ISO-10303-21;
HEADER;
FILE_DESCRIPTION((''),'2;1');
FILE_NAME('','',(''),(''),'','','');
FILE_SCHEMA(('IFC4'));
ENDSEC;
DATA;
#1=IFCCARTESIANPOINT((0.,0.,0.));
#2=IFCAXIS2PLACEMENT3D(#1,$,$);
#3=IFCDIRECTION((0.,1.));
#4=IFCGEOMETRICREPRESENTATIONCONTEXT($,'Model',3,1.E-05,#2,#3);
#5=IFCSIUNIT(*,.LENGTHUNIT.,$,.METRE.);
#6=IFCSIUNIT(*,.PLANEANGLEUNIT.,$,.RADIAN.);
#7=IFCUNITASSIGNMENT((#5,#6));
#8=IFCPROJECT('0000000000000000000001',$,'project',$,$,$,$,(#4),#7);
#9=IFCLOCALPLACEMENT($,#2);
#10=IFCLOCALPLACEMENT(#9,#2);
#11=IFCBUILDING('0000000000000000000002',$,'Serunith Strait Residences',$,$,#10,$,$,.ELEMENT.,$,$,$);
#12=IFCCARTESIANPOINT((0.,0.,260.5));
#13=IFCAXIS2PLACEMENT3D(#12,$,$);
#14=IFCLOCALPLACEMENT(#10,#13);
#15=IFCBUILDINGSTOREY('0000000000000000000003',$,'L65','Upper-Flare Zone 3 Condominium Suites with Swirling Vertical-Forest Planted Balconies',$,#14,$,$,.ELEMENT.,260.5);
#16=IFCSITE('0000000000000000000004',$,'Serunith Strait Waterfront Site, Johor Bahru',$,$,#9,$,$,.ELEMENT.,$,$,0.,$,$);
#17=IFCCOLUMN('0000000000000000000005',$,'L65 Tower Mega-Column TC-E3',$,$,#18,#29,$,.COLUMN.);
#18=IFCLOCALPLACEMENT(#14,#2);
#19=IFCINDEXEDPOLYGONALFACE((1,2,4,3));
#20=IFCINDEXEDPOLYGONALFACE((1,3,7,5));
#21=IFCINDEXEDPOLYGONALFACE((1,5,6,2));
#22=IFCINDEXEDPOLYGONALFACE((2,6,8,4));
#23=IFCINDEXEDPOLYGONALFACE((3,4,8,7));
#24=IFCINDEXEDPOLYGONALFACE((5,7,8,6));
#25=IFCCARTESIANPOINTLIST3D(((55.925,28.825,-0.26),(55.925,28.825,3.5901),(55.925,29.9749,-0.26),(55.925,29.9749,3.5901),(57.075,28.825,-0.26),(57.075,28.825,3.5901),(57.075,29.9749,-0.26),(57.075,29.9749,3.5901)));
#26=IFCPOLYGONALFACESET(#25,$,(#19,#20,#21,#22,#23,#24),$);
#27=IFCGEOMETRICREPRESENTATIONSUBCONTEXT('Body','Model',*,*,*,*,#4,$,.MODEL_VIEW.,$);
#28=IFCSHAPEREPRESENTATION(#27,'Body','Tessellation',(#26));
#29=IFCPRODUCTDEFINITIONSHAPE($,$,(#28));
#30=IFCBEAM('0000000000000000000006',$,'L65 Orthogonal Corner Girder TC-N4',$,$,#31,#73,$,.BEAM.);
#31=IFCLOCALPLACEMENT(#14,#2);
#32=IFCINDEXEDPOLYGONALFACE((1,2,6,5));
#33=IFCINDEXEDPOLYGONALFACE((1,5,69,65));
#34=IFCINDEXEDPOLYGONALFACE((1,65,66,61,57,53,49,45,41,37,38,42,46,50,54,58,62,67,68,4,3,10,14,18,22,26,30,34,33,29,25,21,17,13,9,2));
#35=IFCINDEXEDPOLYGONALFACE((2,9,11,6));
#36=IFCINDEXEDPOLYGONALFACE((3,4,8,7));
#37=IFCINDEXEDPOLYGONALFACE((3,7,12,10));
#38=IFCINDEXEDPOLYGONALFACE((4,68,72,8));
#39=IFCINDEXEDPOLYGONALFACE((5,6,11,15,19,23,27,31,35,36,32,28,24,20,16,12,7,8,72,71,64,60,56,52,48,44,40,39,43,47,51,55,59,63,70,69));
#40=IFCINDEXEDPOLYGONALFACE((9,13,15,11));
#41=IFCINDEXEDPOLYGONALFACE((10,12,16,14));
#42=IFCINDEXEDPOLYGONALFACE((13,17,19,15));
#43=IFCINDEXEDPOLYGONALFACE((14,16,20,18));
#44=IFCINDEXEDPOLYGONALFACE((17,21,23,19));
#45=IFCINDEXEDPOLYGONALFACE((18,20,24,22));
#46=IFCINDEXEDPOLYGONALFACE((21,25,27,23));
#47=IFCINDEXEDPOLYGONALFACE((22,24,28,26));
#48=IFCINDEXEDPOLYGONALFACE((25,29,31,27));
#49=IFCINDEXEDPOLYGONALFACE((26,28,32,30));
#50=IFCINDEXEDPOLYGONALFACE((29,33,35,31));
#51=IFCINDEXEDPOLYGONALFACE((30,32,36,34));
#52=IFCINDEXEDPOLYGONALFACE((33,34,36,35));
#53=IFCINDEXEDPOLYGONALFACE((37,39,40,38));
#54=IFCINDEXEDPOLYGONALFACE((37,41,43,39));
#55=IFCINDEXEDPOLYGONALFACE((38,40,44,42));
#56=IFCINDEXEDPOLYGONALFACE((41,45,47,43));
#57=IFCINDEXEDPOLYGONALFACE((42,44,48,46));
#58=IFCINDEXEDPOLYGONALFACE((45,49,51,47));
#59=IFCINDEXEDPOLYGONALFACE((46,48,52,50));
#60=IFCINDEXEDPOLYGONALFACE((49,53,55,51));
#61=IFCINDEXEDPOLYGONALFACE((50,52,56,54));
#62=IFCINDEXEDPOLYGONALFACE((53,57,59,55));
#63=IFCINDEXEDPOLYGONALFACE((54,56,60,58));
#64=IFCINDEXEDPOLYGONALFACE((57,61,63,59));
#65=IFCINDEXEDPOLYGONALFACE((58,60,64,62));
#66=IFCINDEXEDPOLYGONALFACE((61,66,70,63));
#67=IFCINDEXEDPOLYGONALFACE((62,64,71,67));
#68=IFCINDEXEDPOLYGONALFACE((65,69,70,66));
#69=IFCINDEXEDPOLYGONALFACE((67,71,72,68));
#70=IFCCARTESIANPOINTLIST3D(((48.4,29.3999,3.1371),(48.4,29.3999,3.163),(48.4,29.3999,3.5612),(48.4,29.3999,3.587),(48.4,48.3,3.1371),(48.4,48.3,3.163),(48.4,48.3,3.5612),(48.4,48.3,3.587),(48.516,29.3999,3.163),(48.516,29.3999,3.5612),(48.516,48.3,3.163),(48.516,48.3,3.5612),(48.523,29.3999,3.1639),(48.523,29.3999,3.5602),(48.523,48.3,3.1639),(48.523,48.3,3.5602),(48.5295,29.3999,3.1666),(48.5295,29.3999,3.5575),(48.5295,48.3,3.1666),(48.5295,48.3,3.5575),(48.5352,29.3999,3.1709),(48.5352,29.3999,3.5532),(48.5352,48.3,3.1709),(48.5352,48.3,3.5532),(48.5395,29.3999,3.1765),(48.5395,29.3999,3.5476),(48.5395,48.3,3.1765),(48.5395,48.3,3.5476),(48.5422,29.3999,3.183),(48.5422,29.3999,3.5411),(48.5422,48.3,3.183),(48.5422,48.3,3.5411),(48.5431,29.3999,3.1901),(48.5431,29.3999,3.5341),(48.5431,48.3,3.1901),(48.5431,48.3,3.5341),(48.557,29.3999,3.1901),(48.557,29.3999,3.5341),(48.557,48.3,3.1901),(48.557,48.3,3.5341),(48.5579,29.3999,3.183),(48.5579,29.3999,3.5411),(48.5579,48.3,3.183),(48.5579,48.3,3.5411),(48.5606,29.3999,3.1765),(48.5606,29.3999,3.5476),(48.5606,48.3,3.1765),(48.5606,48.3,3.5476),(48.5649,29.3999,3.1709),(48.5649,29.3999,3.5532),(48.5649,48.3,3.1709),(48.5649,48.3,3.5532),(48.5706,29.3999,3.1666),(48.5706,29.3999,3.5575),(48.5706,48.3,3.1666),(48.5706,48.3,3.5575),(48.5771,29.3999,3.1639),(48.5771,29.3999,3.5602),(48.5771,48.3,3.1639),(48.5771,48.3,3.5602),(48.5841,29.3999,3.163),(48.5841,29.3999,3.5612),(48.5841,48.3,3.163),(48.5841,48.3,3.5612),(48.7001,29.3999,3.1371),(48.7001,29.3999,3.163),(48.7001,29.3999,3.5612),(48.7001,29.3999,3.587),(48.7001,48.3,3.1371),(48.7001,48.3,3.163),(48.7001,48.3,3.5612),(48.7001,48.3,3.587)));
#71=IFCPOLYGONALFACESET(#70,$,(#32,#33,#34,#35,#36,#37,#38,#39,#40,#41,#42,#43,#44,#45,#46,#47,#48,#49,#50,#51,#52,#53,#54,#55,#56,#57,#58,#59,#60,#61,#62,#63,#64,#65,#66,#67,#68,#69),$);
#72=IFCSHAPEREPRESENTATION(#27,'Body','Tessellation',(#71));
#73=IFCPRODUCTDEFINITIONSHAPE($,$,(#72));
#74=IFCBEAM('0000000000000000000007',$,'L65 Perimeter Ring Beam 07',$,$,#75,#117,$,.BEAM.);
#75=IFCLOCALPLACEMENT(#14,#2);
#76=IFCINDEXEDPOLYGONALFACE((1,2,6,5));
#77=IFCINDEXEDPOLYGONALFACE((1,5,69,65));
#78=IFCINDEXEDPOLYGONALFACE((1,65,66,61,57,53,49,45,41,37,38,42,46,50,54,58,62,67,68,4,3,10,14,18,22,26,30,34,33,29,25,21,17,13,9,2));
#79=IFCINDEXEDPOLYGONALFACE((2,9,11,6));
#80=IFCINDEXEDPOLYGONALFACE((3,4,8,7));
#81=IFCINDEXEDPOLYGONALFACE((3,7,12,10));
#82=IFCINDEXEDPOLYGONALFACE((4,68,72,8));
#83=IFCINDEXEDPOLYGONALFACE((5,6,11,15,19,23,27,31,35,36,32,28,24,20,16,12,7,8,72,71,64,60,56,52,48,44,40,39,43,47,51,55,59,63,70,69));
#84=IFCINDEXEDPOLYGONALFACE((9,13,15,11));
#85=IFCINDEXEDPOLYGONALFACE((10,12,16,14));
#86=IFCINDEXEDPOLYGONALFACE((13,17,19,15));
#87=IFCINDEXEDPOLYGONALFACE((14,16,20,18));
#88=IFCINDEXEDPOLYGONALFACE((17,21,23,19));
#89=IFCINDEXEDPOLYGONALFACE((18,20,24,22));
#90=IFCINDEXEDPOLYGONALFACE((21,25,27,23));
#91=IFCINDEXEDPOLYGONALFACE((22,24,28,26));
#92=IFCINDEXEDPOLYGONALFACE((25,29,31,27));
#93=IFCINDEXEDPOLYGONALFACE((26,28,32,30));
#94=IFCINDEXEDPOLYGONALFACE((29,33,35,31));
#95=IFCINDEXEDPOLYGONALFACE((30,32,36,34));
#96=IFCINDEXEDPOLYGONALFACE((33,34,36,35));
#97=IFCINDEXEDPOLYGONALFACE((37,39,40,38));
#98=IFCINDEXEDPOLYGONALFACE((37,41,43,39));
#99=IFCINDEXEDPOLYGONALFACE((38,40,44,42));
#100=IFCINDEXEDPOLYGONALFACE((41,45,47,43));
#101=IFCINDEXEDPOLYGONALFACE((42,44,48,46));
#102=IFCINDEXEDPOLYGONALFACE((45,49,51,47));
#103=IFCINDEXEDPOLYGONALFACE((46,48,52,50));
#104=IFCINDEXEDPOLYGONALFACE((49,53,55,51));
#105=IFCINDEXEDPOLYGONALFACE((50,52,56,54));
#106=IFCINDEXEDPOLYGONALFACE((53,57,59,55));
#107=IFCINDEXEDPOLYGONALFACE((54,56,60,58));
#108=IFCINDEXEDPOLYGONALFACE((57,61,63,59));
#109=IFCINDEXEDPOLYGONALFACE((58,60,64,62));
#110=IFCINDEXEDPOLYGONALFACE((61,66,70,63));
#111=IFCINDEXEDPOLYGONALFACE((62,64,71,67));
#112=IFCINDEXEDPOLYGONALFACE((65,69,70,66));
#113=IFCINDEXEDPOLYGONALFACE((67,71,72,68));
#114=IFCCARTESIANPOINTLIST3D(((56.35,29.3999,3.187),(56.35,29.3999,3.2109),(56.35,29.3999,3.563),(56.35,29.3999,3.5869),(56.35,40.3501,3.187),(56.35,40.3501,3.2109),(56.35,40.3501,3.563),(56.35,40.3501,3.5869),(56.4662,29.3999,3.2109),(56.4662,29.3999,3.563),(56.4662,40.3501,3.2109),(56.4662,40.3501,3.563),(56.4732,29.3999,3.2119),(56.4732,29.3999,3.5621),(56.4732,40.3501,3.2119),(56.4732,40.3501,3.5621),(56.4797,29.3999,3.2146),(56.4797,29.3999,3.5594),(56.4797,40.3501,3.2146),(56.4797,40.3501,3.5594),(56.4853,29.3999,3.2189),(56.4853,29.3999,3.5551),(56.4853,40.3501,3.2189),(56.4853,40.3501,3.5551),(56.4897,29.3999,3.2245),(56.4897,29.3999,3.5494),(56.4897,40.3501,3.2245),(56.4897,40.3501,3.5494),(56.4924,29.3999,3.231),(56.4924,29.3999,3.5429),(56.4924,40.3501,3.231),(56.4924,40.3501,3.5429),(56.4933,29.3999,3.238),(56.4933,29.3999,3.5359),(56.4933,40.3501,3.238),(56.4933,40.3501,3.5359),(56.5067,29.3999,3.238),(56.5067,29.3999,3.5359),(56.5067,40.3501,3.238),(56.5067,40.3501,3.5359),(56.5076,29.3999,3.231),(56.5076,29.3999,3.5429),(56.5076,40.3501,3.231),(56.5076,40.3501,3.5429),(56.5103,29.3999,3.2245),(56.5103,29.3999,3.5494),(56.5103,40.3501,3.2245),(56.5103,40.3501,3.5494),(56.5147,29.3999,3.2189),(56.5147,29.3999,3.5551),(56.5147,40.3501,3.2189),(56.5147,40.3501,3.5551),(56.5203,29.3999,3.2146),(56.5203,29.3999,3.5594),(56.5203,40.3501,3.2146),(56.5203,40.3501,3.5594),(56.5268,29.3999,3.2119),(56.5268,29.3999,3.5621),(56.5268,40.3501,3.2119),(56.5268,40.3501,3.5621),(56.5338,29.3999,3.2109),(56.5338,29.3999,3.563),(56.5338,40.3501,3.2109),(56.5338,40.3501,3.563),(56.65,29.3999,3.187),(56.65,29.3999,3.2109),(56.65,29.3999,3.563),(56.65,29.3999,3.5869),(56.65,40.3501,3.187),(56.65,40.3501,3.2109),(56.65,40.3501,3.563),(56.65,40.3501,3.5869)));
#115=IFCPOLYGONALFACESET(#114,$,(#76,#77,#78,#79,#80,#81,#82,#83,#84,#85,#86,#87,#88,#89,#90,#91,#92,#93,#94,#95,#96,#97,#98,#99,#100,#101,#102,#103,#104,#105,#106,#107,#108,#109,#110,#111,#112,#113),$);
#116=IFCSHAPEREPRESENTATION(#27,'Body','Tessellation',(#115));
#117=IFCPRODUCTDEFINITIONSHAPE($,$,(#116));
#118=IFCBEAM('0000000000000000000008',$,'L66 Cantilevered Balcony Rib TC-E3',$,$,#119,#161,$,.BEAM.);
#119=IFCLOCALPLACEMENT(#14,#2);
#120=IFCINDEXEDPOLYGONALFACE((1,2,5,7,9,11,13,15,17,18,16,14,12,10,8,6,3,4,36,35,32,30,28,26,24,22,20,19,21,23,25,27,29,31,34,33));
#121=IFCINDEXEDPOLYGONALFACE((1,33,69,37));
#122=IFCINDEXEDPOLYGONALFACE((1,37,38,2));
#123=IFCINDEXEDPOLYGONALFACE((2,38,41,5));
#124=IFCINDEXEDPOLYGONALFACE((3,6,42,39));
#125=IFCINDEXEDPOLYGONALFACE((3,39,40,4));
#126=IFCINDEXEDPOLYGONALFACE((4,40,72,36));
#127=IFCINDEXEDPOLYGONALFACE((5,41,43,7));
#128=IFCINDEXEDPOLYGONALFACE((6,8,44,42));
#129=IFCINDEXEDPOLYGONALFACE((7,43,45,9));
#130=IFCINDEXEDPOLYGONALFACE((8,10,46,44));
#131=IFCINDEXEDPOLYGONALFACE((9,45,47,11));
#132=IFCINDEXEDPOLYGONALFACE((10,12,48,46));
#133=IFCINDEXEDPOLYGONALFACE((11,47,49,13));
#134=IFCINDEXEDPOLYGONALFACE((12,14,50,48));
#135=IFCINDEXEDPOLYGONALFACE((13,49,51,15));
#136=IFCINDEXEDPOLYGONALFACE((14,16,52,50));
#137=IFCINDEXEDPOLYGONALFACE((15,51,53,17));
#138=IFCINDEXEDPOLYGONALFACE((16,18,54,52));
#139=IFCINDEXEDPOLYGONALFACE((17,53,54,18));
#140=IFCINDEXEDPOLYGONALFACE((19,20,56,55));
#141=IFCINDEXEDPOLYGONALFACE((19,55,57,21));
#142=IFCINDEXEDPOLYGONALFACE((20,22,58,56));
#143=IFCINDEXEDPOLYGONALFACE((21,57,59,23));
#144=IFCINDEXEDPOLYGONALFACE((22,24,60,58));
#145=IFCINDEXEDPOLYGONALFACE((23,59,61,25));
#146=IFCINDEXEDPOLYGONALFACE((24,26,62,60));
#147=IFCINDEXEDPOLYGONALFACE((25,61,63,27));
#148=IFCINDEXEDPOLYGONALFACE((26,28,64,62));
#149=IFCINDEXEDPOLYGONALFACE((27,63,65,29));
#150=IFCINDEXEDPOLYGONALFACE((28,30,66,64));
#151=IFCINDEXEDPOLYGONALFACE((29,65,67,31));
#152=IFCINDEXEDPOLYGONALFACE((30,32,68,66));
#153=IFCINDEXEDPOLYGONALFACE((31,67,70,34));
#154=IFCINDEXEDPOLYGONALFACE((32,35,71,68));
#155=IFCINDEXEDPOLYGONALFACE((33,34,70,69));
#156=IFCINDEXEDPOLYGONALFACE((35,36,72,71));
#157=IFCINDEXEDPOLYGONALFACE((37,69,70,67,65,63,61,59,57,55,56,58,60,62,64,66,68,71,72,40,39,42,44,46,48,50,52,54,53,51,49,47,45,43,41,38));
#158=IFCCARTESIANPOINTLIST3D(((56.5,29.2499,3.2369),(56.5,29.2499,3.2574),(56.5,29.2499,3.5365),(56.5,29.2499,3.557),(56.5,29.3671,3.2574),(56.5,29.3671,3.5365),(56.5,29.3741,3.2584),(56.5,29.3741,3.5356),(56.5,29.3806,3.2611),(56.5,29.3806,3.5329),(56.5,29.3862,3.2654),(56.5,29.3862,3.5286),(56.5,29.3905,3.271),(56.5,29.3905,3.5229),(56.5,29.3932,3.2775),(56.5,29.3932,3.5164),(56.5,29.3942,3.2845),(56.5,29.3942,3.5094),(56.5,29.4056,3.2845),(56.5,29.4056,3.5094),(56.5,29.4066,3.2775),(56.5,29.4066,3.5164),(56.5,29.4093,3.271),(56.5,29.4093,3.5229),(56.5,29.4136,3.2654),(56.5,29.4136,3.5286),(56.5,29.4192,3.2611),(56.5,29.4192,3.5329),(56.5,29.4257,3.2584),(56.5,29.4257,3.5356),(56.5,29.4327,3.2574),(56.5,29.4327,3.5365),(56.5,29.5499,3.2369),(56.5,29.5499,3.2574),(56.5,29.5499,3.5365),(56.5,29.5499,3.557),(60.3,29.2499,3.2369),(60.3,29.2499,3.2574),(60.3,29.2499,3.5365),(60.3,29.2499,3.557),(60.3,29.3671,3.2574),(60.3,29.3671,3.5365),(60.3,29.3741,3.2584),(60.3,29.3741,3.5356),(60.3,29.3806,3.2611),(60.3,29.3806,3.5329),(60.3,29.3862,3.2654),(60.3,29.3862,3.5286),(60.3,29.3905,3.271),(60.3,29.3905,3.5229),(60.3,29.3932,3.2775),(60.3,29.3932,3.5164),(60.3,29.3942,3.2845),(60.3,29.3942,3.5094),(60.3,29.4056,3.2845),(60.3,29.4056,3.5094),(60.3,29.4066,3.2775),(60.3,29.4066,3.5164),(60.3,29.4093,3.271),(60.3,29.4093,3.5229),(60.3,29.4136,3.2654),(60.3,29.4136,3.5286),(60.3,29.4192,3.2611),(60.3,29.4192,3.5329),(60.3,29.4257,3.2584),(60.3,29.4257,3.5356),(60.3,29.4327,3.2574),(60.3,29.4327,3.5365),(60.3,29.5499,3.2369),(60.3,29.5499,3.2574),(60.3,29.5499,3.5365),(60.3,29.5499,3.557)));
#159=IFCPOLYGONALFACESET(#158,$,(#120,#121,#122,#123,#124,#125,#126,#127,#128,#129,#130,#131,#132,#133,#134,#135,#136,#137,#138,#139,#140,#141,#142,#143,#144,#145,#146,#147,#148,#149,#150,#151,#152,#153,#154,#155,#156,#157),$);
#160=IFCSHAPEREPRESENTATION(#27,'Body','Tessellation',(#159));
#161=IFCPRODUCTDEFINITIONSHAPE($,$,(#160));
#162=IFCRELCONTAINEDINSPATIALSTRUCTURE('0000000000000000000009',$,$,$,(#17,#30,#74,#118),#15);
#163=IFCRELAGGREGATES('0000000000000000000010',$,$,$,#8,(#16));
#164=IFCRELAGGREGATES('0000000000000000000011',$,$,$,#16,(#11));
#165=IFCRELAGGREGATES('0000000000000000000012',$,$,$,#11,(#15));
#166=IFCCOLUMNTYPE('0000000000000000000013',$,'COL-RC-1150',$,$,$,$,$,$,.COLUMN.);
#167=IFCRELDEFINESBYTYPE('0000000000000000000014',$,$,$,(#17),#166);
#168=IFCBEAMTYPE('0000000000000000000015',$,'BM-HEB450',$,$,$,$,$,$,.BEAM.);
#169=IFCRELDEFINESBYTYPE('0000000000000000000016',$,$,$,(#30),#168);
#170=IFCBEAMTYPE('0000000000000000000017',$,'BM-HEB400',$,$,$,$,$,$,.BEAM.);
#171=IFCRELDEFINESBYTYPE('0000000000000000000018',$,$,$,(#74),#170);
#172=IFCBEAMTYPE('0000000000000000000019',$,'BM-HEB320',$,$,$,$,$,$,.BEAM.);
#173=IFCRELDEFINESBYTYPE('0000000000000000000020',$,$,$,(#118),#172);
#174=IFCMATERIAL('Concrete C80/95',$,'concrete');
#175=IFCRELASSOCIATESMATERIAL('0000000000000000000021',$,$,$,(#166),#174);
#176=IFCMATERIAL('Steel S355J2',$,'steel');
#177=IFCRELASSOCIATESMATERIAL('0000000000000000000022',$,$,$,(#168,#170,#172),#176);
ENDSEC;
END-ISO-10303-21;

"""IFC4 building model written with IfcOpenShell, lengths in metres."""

from ifc_helpers import new_model, si_unit, direction, frame, origin, origin_2d, place, context, subcontext, project, spatial, rectangle, i_section, extrude, source, transform, mapped, material, material_profile, profile_set, type_object, element, save


model = new_model("IFC4")

# Units and contexts
model_context = context("Model", 3, precision=1e-05, world=origin(), true_north=direction((0.0, 1.0)))
body_context = subcontext(model_context, "Body", "Model", "MODEL_VIEW")
ifc_project = project(units=[si_unit("LENGTHUNIT", "METRE"), si_unit("PLANEANGLEUNIT", "RADIAN")], contexts=[model_context])

# Site, building, storey
site_placement = place(None, origin())
site = spatial("IfcSite", under=ifc_project, at=site_placement, Name="Serunith Strait Waterfront Site, Johor Bahru", CompositionType="ELEMENT", RefElevation=0.0)
building_placement = place(site_placement, origin())
building = spatial("IfcBuilding", under=site, at=building_placement, Name="Serunith Strait Residences", CompositionType="ELEMENT")
storey_placement = place(building_placement, frame((0.0, 0.0, 260.5)))
storey = spatial("IfcBuildingStorey", under=building, at=storey_placement, Name="L65", Description="Upper-Flare Zone 3 Condominium Suites with Swirling Vertical-Forest Planted Balconies", CompositionType="ELEMENT", Elevation=260.5)

# Column
ifc_material_1 = material(Name="Concrete C80/95", Category="concrete")
ifc_material_profile_1 = material_profile(ifc_material_1, rectangle(XDim=1.1499, YDim=1.1499, at=origin_2d()), Name="RC 1150x1150")
ifc_profile_set_1 = profile_set([ifc_material_profile_1], Name="Concrete C80/95")
column_type = type_object("IfcColumnType", Name="COL-RC-1150", PredefinedType="COLUMN", material=ifc_profile_set_1)
shared_shape_1 = source(origin(), body_context, "Body", "SweptSolid", [
    extrude(rectangle(XDim=1.1499, YDim=1.1499, at=origin_2d()), origin(), (0.0, 0.0, 1.0), 3.8501),
])
column_placement = place(storey_placement, frame((56.5, 29.3999, -0.26), z_axis=(0.0, 0.0, 1.0), x_axis=(1.0, 0.0, 0.0)))
element("IfcColumn", 1, at=column_placement, inside=storey, type_object=column_type, Name="L65 Tower Mega-Column TC-E3", PredefinedType="COLUMN", context=body_context, shape_type="MappedRepresentation", body=[
    mapped(shared_shape_1, transform((0.0, 0.0, 0.0), scale=1.0)),
])

# Beams
ifc_material_2 = material(Name="Steel S355J2", Category="steel")
ifc_material_profile_2 = material_profile(ifc_material_2, i_section(OverallWidth=0.3, OverallDepth=0.45, WebThickness=0.0139, FlangeThickness=0.0259, FilletRadius=0.0271, at=origin_2d()), Name="HEB 450")
ifc_profile_set_2 = profile_set([ifc_material_profile_2], Name="Steel S355J2")
beam_type_1 = type_object("IfcBeamType", Name="BM-HEB450", PredefinedType="BEAM", material=ifc_profile_set_2)
shared_shape_2 = source(origin(), body_context, "Body", "SweptSolid", [
    extrude(i_section(OverallWidth=0.3, OverallDepth=0.45, WebThickness=0.0139, FlangeThickness=0.0259, FilletRadius=0.0271, at=origin_2d()), origin(), (0.0, 0.0, 1.0), 18.9001),
])
beam_1_placement = place(storey_placement, frame((48.55, 29.3999, 3.3621), z_axis=(0.0, 1.0, 0.0), x_axis=(-1.0, 0.0, 0.0)))
element("IfcBeam", 2, at=beam_1_placement, inside=storey, type_object=beam_type_1, Name="L65 Orthogonal Corner Girder TC-N4", PredefinedType="BEAM", context=body_context, shape_type="MappedRepresentation", body=[
    mapped(shared_shape_2, transform((0.0, 0.0, 0.0), scale=1.0)),
])
ifc_material_profile_3 = material_profile(ifc_material_2, i_section(OverallWidth=0.3, OverallDepth=0.3999, WebThickness=0.0134, FlangeThickness=0.0239, FilletRadius=0.0271, at=origin_2d()), Name="HEB 400")
ifc_profile_set_3 = profile_set([ifc_material_profile_3], Name="Steel S355J2")
beam_type_2 = type_object("IfcBeamType", Name="BM-HEB400", PredefinedType="BEAM", material=ifc_profile_set_3)
shared_shape_3 = source(origin(), body_context, "Body", "SweptSolid", [
    extrude(i_section(OverallWidth=0.3, OverallDepth=0.3999, WebThickness=0.0134, FlangeThickness=0.0239, FilletRadius=0.0271, at=origin_2d()), origin(), (0.0, 0.0, 1.0), 10.9502),
])
beam_2_placement = place(storey_placement, frame((56.5, 29.3999, 3.387), z_axis=(0.0, 1.0, 0.0), x_axis=(-1.0, 0.0, 0.0)))
element("IfcBeam", 3, at=beam_2_placement, inside=storey, type_object=beam_type_2, Name="L65 Perimeter Ring Beam 07", PredefinedType="BEAM", context=body_context, shape_type="MappedRepresentation", body=[
    mapped(shared_shape_3, transform((0.0, 0.0, 0.0), scale=1.0)),
])
ifc_material_profile_4 = material_profile(ifc_material_2, i_section(OverallWidth=0.3, OverallDepth=0.3201, WebThickness=0.0115, FlangeThickness=0.0205, FilletRadius=0.0271, at=origin_2d()), Name="HEB 320")
ifc_profile_set_4 = profile_set([ifc_material_profile_4], Name="Steel S355J2")
beam_type_3 = type_object("IfcBeamType", Name="BM-HEB320", PredefinedType="BEAM", material=ifc_profile_set_4)
shared_shape_4 = source(origin(), body_context, "Body", "SweptSolid", [
    extrude(i_section(OverallWidth=0.3, OverallDepth=0.3201, WebThickness=0.0115, FlangeThickness=0.0205, FilletRadius=0.0271, at=origin_2d()), origin(), (0.0, 0.0, 1.0), 3.8),
])
beam_3_placement = place(storey_placement, frame((56.5, 29.3999, 3.397), z_axis=(1.0, 0.0, 0.0), x_axis=(0.0, 1.0, 0.0)))
element("IfcBeam", 4, at=beam_3_placement, inside=storey, type_object=beam_type_3, Name="L66 Cantilevered Balcony Rib TC-E3", PredefinedType="BEAM", context=body_context, shape_type="MappedRepresentation", body=[
    mapped(shared_shape_4, transform((0.0, 0.0, 0.0), scale=1.0)),
])

save(model, "model.ifc")
